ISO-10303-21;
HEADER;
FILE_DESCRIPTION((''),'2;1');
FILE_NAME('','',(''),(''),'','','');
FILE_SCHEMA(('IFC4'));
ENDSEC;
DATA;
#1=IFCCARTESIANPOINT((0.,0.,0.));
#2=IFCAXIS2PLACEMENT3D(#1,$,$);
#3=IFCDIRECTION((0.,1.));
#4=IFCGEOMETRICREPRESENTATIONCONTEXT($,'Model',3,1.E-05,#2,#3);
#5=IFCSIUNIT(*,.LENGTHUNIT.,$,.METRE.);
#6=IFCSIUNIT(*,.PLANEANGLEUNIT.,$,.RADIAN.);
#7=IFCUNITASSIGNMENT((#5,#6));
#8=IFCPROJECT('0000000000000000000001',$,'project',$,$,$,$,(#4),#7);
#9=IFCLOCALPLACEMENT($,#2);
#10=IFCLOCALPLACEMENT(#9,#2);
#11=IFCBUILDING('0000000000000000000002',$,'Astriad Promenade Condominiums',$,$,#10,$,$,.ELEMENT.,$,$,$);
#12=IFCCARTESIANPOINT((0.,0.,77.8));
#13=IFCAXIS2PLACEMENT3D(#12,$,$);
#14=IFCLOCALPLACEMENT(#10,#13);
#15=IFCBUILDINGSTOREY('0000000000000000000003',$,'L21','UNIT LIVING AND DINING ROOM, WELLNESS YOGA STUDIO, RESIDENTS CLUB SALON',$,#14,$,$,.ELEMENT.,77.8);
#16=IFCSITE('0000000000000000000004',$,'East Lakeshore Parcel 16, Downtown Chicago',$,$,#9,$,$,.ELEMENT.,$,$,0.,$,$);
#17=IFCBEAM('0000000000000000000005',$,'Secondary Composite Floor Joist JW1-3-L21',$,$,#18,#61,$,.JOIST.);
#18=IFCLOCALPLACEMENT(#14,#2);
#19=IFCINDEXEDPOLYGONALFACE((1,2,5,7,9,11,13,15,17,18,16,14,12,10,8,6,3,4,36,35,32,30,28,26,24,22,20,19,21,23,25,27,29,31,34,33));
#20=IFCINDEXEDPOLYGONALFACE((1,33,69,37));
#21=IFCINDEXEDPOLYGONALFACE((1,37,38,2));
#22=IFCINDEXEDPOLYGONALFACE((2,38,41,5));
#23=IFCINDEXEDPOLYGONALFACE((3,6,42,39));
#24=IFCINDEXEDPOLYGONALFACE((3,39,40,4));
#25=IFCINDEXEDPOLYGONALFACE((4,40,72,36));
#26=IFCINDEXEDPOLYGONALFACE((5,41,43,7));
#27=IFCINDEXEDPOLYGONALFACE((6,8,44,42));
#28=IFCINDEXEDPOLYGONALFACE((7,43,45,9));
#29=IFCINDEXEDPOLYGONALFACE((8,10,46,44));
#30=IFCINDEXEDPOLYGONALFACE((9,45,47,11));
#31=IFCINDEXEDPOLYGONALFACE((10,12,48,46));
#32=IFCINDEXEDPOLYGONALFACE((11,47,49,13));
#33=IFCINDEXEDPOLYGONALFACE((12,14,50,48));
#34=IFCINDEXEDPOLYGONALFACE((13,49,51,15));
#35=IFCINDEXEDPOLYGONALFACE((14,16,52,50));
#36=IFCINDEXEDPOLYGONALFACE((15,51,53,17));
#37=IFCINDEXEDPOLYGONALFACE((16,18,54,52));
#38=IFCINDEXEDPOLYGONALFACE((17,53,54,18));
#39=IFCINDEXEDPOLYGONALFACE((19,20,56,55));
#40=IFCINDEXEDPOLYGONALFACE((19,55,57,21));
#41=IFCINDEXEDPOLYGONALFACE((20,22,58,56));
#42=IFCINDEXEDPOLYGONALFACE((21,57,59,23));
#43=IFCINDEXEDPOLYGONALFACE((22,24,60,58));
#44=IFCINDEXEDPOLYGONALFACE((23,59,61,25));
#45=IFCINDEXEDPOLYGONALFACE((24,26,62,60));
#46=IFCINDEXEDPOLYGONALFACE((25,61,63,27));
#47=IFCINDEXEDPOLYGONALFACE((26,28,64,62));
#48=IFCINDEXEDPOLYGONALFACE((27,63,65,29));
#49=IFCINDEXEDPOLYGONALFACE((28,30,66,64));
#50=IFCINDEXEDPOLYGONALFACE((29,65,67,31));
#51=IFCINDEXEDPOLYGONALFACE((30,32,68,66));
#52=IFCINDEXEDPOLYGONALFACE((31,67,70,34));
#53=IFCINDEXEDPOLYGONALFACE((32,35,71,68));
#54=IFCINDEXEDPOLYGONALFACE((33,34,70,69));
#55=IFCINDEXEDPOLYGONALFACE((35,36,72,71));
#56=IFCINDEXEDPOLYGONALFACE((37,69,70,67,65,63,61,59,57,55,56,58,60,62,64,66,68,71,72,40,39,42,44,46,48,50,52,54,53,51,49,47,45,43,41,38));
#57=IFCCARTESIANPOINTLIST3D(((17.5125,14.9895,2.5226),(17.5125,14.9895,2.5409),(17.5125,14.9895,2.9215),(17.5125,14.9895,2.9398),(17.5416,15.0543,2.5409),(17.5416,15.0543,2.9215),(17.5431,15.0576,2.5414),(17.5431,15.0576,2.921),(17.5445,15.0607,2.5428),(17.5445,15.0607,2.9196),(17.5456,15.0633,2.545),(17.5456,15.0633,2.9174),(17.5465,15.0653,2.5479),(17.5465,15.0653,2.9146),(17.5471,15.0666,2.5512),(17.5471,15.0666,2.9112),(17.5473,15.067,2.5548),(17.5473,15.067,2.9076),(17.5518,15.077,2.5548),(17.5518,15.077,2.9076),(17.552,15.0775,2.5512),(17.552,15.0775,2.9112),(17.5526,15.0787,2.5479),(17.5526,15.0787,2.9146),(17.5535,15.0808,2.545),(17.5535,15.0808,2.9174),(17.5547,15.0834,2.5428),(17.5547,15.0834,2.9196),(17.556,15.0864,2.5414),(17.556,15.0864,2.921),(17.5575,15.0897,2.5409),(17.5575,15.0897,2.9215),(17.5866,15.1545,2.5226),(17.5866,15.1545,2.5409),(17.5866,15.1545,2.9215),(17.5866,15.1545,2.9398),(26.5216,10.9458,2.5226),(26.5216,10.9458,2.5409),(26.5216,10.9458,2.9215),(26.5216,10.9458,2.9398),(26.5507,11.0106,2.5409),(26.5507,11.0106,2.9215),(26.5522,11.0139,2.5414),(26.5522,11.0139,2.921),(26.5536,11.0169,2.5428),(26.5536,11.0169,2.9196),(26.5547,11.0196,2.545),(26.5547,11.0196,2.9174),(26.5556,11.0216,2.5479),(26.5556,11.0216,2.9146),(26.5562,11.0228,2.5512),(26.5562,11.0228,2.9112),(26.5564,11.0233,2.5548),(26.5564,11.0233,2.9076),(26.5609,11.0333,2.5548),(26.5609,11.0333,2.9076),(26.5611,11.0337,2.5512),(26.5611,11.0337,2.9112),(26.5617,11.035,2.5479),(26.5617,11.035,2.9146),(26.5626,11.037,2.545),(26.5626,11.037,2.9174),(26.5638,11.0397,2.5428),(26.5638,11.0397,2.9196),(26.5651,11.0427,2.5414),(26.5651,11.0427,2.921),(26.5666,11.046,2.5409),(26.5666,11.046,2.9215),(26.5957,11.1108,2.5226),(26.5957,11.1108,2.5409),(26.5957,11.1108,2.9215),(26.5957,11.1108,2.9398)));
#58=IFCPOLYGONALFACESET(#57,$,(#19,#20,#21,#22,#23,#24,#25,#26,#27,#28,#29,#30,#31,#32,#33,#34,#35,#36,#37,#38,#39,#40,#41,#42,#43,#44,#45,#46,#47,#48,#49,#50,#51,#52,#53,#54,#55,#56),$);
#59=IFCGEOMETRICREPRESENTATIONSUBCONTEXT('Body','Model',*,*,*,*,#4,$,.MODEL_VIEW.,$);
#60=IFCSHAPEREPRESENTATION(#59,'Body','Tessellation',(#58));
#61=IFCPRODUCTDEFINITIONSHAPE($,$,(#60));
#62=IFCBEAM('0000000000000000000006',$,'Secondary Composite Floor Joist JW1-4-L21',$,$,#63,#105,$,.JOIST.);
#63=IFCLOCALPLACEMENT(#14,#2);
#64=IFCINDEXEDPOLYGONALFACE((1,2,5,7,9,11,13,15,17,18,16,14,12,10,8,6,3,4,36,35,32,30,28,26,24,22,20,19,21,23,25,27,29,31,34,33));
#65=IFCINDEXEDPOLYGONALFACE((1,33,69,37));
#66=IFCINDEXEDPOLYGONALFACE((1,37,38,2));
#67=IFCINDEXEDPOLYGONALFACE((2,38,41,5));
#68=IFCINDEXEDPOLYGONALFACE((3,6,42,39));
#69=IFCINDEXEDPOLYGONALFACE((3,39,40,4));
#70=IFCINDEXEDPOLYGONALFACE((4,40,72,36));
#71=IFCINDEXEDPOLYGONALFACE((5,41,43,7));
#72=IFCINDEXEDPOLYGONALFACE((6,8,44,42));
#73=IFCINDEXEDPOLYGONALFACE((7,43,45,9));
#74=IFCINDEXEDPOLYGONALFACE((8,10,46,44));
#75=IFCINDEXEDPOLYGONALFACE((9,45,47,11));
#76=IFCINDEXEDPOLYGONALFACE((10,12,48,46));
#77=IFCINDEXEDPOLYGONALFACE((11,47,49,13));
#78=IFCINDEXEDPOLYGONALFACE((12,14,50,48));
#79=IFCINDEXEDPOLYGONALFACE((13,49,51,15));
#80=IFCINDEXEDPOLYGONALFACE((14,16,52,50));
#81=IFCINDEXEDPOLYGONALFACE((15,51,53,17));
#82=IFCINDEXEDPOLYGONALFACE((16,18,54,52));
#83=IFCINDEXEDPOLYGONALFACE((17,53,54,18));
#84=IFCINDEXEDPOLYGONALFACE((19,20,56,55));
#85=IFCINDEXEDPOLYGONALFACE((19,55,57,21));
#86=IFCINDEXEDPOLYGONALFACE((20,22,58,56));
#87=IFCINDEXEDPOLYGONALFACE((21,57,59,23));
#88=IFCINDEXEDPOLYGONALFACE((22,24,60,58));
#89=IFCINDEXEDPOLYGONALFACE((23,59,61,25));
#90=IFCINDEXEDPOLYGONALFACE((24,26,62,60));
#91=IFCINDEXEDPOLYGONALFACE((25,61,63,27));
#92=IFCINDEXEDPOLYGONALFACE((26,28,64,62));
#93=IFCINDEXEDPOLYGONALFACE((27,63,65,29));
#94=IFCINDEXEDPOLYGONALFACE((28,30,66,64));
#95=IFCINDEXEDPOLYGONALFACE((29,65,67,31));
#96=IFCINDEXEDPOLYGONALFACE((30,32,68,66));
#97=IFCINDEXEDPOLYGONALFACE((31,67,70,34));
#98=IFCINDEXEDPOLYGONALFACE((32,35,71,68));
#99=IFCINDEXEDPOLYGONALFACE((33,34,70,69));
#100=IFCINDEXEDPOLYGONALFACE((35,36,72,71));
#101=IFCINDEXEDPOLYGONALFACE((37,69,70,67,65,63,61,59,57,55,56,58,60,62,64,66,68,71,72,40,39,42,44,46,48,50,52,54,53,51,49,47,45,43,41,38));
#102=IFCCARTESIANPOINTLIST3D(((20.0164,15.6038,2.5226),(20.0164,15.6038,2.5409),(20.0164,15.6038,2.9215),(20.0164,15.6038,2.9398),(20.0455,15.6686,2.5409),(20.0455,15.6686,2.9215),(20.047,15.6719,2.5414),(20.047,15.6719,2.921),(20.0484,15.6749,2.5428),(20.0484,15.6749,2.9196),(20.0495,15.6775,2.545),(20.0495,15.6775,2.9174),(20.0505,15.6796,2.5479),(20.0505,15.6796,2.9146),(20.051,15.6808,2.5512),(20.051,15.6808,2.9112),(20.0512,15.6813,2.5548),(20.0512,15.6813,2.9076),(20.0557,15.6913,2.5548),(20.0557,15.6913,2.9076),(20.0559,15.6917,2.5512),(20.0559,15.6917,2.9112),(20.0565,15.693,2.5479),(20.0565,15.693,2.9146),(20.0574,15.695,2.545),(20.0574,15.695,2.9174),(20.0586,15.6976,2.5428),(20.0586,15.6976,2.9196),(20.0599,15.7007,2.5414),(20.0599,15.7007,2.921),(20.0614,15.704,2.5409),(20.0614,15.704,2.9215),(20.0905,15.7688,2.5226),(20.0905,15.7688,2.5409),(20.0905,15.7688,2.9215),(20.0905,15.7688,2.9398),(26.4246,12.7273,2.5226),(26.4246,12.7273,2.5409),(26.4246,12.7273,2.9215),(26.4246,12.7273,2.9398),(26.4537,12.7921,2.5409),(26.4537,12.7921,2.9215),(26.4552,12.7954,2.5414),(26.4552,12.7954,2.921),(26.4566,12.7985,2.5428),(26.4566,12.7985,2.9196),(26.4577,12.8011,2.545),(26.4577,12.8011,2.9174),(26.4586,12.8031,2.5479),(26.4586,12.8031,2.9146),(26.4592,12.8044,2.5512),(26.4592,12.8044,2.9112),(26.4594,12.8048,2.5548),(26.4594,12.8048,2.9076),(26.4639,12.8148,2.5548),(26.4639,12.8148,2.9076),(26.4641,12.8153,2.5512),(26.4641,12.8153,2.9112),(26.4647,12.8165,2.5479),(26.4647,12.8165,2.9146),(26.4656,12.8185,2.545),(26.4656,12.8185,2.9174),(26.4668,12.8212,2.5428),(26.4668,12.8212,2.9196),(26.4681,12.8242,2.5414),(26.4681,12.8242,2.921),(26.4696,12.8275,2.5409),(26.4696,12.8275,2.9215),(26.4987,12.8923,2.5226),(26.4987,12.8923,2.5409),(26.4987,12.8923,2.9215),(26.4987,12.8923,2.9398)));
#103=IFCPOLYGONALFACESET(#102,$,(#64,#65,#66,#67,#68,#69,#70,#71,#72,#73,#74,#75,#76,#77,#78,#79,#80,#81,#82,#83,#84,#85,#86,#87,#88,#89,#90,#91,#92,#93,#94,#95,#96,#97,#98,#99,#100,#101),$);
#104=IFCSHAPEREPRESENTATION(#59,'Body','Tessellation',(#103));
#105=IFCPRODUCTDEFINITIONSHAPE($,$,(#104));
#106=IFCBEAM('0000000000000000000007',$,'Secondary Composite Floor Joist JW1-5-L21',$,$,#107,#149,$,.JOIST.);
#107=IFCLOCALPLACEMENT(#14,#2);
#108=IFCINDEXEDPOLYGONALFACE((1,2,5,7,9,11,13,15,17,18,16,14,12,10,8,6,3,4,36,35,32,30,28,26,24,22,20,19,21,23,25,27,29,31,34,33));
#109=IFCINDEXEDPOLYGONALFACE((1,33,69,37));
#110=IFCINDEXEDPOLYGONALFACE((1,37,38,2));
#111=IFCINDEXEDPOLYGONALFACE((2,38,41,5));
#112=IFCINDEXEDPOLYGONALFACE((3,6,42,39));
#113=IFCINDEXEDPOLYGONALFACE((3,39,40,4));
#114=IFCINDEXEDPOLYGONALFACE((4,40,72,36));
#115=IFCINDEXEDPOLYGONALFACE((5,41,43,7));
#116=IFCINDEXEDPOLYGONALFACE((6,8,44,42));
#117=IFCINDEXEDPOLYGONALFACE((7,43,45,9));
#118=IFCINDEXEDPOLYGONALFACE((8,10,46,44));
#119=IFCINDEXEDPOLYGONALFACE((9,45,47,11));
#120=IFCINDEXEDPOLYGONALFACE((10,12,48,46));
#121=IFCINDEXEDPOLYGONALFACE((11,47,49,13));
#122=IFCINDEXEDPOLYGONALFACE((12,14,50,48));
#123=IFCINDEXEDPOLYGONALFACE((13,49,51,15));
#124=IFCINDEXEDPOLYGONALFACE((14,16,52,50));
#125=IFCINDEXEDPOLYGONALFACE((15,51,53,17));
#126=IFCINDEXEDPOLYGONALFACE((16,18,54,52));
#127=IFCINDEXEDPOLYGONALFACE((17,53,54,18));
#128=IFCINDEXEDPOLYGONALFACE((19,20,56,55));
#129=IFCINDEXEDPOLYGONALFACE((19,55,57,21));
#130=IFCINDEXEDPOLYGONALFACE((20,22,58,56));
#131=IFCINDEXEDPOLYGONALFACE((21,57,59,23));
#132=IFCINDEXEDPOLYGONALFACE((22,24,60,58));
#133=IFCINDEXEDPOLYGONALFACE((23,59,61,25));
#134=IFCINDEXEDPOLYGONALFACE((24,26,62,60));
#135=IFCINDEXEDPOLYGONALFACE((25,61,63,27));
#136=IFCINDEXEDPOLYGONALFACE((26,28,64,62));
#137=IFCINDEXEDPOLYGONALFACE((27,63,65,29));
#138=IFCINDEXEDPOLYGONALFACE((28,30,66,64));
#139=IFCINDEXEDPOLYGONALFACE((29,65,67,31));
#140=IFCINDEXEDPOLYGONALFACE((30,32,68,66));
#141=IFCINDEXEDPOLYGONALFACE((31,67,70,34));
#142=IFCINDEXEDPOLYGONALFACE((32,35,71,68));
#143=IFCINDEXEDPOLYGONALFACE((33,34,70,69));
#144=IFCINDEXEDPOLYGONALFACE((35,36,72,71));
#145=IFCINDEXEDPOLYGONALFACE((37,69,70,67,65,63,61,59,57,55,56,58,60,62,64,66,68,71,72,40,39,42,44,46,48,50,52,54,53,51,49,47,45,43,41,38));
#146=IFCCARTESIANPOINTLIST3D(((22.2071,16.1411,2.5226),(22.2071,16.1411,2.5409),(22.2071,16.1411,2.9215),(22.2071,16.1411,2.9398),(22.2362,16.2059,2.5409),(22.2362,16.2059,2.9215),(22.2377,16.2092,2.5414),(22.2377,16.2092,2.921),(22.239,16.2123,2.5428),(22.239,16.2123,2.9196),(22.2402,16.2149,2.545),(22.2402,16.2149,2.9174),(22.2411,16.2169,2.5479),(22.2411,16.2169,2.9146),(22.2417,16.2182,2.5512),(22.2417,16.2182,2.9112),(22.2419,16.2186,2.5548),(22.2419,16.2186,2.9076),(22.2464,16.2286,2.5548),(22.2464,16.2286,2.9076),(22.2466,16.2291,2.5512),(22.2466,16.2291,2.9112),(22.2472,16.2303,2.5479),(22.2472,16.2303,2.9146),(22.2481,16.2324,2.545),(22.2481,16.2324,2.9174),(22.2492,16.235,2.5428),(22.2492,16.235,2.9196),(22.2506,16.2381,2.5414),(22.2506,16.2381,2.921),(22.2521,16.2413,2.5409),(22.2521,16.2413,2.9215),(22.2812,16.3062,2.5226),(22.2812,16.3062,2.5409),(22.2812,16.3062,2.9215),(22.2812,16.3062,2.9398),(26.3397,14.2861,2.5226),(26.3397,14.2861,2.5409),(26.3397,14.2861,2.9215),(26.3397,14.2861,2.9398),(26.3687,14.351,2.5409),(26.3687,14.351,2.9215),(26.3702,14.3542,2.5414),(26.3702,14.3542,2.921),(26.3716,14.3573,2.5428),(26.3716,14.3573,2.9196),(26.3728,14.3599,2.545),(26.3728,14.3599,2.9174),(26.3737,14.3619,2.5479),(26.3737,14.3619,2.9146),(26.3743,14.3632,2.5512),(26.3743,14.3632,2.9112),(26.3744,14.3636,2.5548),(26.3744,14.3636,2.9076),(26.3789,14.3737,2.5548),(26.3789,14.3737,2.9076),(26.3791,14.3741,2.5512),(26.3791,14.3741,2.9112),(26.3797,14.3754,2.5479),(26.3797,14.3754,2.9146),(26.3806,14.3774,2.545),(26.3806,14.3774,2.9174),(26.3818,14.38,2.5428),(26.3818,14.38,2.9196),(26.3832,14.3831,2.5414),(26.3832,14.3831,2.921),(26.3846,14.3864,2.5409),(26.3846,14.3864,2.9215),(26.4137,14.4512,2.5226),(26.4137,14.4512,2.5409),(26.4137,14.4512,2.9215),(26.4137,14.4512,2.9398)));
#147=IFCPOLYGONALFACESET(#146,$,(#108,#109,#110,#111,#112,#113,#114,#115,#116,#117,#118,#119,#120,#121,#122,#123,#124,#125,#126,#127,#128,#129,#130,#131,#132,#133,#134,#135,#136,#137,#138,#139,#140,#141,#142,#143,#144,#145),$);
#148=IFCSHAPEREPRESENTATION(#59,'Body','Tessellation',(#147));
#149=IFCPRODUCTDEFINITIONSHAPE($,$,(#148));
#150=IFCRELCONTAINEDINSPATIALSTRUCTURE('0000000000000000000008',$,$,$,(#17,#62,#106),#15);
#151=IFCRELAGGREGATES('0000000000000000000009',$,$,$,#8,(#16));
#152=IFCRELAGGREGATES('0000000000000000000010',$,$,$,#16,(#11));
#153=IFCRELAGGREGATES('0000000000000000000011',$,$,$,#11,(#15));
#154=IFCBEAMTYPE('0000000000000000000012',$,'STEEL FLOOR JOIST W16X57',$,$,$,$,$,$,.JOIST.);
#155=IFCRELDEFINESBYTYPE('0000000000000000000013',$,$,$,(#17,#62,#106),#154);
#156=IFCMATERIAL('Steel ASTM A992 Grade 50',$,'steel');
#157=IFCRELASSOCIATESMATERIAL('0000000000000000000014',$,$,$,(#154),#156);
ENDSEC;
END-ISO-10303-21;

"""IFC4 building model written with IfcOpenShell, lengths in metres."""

from ifc_helpers import new_model, si_unit, direction, frame, origin, origin_2d, place, context, subcontext, project, spatial, i_section, extrude, source, transform, mapped, material, material_profile, profile_set, type_object, element, save


model = new_model("IFC4")

# Units and contexts
model_context = context("Model", 3, precision=1e-05, world=origin(), true_north=direction((0.0, 1.0)))
body_context = subcontext(model_context, "Body", "Model", "MODEL_VIEW")
ifc_project = project(units=[si_unit("LENGTHUNIT", "METRE"), si_unit("PLANEANGLEUNIT", "RADIAN")], contexts=[model_context])

# Site, building, storey
site_placement = place(None, origin())
site = spatial("IfcSite", under=ifc_project, at=site_placement, Name="East Lakeshore Parcel 16, Downtown Chicago", CompositionType="ELEMENT", RefElevation=0.0)
building_placement = place(site_placement, origin())
building = spatial("IfcBuilding", under=site, at=building_placement, Name="Astriad Promenade Condominiums", CompositionType="ELEMENT")
storey_placement = place(building_placement, frame((0.0, 0.0, 77.8)))
storey = spatial("IfcBuildingStorey", under=building, at=storey_placement, Name="L21", Description="UNIT LIVING AND DINING ROOM, WELLNESS YOGA STUDIO, RESIDENTS CLUB SALON", CompositionType="ELEMENT", Elevation=77.8)

# Beams
ifc_material_1 = material(Name="Steel ASTM A992 Grade 50", Category="steel")
ifc_material_profile_1 = material_profile(ifc_material_1, i_section(OverallWidth=0.1809, OverallDepth=0.4172, WebThickness=0.011, FlangeThickness=0.0183, FilletRadius=0.0139, at=origin_2d()), Name="W16X57")
ifc_profile_set_1 = profile_set([ifc_material_profile_1], Name="Steel ASTM A992 Grade 50")
beam_type_1 = type_object("IfcBeamType", Name="STEEL FLOOR JOIST W16X57", PredefinedType="JOIST", material=ifc_profile_set_1)
shared_shape_1 = source(origin(), body_context, "Body", "SweptSolid", [
    extrude(i_section(OverallWidth=0.1809, OverallDepth=0.4172, WebThickness=0.011, FlangeThickness=0.0183, FilletRadius=0.0139, at=origin_2d()), origin(), (0.0, 0.0, 1.0), 9.875),
])
beam_1_placement = place(storey_placement, frame((17.5496, 15.072, 2.7312), z_axis=(0.912314, -0.409492, 0.0), x_axis=(0.409492, 0.912314, 0.0)))
element("IfcBeam", 1, at=beam_1_placement, inside=storey, type_object=beam_type_1, Name="Secondary Composite Floor Joist JW1-3-L21", PredefinedType="JOIST", context=body_context, shape_type="MappedRepresentation", body=[
    mapped(shared_shape_1, transform((0.0, 0.0, 0.0), scale=1.0)),
])
shared_shape_2 = source(origin(), body_context, "Body", "SweptSolid", [
    extrude(i_section(OverallWidth=0.1809, OverallDepth=0.4172, WebThickness=0.011, FlangeThickness=0.0183, FilletRadius=0.0139, at=origin_2d()), origin(), (0.0, 0.0, 1.0), 7.0242),
])
beam_2_placement = place(storey_placement, frame((20.0535, 15.6863, 2.7312), z_axis=(0.912306, -0.409509, 0.0), x_axis=(0.409509, 0.912306, 0.0)))
element("IfcBeam", 2, at=beam_2_placement, inside=storey, type_object=beam_type_1, Name="Secondary Composite Floor Joist JW1-4-L21", PredefinedType="JOIST", context=body_context, shape_type="MappedRepresentation", body=[
    mapped(shared_shape_2, transform((0.0, 0.0, 0.0), scale=1.0)),
])
shared_shape_3 = source(origin(), body_context, "Body", "SweptSolid", [
    extrude(i_section(OverallWidth=0.1809, OverallDepth=0.4172, WebThickness=0.011, FlangeThickness=0.0183, FilletRadius=0.0139, at=origin_2d()), origin(), (0.0, 0.0, 1.0), 4.5298),
])
beam_3_placement = place(storey_placement, frame((22.2441, 16.2236, 2.7312), z_axis=(0.912307, -0.409506, 0.0), x_axis=(0.409506, 0.912307, 0.0)))
element("IfcBeam", 3, at=beam_3_placement, inside=storey, type_object=beam_type_1, Name="Secondary Composite Floor Joist JW1-5-L21", PredefinedType="JOIST", context=body_context, shape_type="MappedRepresentation", body=[
    mapped(shared_shape_3, transform((0.0, 0.0, 0.0), scale=1.0)),
])

save(model, "model.ifc")
